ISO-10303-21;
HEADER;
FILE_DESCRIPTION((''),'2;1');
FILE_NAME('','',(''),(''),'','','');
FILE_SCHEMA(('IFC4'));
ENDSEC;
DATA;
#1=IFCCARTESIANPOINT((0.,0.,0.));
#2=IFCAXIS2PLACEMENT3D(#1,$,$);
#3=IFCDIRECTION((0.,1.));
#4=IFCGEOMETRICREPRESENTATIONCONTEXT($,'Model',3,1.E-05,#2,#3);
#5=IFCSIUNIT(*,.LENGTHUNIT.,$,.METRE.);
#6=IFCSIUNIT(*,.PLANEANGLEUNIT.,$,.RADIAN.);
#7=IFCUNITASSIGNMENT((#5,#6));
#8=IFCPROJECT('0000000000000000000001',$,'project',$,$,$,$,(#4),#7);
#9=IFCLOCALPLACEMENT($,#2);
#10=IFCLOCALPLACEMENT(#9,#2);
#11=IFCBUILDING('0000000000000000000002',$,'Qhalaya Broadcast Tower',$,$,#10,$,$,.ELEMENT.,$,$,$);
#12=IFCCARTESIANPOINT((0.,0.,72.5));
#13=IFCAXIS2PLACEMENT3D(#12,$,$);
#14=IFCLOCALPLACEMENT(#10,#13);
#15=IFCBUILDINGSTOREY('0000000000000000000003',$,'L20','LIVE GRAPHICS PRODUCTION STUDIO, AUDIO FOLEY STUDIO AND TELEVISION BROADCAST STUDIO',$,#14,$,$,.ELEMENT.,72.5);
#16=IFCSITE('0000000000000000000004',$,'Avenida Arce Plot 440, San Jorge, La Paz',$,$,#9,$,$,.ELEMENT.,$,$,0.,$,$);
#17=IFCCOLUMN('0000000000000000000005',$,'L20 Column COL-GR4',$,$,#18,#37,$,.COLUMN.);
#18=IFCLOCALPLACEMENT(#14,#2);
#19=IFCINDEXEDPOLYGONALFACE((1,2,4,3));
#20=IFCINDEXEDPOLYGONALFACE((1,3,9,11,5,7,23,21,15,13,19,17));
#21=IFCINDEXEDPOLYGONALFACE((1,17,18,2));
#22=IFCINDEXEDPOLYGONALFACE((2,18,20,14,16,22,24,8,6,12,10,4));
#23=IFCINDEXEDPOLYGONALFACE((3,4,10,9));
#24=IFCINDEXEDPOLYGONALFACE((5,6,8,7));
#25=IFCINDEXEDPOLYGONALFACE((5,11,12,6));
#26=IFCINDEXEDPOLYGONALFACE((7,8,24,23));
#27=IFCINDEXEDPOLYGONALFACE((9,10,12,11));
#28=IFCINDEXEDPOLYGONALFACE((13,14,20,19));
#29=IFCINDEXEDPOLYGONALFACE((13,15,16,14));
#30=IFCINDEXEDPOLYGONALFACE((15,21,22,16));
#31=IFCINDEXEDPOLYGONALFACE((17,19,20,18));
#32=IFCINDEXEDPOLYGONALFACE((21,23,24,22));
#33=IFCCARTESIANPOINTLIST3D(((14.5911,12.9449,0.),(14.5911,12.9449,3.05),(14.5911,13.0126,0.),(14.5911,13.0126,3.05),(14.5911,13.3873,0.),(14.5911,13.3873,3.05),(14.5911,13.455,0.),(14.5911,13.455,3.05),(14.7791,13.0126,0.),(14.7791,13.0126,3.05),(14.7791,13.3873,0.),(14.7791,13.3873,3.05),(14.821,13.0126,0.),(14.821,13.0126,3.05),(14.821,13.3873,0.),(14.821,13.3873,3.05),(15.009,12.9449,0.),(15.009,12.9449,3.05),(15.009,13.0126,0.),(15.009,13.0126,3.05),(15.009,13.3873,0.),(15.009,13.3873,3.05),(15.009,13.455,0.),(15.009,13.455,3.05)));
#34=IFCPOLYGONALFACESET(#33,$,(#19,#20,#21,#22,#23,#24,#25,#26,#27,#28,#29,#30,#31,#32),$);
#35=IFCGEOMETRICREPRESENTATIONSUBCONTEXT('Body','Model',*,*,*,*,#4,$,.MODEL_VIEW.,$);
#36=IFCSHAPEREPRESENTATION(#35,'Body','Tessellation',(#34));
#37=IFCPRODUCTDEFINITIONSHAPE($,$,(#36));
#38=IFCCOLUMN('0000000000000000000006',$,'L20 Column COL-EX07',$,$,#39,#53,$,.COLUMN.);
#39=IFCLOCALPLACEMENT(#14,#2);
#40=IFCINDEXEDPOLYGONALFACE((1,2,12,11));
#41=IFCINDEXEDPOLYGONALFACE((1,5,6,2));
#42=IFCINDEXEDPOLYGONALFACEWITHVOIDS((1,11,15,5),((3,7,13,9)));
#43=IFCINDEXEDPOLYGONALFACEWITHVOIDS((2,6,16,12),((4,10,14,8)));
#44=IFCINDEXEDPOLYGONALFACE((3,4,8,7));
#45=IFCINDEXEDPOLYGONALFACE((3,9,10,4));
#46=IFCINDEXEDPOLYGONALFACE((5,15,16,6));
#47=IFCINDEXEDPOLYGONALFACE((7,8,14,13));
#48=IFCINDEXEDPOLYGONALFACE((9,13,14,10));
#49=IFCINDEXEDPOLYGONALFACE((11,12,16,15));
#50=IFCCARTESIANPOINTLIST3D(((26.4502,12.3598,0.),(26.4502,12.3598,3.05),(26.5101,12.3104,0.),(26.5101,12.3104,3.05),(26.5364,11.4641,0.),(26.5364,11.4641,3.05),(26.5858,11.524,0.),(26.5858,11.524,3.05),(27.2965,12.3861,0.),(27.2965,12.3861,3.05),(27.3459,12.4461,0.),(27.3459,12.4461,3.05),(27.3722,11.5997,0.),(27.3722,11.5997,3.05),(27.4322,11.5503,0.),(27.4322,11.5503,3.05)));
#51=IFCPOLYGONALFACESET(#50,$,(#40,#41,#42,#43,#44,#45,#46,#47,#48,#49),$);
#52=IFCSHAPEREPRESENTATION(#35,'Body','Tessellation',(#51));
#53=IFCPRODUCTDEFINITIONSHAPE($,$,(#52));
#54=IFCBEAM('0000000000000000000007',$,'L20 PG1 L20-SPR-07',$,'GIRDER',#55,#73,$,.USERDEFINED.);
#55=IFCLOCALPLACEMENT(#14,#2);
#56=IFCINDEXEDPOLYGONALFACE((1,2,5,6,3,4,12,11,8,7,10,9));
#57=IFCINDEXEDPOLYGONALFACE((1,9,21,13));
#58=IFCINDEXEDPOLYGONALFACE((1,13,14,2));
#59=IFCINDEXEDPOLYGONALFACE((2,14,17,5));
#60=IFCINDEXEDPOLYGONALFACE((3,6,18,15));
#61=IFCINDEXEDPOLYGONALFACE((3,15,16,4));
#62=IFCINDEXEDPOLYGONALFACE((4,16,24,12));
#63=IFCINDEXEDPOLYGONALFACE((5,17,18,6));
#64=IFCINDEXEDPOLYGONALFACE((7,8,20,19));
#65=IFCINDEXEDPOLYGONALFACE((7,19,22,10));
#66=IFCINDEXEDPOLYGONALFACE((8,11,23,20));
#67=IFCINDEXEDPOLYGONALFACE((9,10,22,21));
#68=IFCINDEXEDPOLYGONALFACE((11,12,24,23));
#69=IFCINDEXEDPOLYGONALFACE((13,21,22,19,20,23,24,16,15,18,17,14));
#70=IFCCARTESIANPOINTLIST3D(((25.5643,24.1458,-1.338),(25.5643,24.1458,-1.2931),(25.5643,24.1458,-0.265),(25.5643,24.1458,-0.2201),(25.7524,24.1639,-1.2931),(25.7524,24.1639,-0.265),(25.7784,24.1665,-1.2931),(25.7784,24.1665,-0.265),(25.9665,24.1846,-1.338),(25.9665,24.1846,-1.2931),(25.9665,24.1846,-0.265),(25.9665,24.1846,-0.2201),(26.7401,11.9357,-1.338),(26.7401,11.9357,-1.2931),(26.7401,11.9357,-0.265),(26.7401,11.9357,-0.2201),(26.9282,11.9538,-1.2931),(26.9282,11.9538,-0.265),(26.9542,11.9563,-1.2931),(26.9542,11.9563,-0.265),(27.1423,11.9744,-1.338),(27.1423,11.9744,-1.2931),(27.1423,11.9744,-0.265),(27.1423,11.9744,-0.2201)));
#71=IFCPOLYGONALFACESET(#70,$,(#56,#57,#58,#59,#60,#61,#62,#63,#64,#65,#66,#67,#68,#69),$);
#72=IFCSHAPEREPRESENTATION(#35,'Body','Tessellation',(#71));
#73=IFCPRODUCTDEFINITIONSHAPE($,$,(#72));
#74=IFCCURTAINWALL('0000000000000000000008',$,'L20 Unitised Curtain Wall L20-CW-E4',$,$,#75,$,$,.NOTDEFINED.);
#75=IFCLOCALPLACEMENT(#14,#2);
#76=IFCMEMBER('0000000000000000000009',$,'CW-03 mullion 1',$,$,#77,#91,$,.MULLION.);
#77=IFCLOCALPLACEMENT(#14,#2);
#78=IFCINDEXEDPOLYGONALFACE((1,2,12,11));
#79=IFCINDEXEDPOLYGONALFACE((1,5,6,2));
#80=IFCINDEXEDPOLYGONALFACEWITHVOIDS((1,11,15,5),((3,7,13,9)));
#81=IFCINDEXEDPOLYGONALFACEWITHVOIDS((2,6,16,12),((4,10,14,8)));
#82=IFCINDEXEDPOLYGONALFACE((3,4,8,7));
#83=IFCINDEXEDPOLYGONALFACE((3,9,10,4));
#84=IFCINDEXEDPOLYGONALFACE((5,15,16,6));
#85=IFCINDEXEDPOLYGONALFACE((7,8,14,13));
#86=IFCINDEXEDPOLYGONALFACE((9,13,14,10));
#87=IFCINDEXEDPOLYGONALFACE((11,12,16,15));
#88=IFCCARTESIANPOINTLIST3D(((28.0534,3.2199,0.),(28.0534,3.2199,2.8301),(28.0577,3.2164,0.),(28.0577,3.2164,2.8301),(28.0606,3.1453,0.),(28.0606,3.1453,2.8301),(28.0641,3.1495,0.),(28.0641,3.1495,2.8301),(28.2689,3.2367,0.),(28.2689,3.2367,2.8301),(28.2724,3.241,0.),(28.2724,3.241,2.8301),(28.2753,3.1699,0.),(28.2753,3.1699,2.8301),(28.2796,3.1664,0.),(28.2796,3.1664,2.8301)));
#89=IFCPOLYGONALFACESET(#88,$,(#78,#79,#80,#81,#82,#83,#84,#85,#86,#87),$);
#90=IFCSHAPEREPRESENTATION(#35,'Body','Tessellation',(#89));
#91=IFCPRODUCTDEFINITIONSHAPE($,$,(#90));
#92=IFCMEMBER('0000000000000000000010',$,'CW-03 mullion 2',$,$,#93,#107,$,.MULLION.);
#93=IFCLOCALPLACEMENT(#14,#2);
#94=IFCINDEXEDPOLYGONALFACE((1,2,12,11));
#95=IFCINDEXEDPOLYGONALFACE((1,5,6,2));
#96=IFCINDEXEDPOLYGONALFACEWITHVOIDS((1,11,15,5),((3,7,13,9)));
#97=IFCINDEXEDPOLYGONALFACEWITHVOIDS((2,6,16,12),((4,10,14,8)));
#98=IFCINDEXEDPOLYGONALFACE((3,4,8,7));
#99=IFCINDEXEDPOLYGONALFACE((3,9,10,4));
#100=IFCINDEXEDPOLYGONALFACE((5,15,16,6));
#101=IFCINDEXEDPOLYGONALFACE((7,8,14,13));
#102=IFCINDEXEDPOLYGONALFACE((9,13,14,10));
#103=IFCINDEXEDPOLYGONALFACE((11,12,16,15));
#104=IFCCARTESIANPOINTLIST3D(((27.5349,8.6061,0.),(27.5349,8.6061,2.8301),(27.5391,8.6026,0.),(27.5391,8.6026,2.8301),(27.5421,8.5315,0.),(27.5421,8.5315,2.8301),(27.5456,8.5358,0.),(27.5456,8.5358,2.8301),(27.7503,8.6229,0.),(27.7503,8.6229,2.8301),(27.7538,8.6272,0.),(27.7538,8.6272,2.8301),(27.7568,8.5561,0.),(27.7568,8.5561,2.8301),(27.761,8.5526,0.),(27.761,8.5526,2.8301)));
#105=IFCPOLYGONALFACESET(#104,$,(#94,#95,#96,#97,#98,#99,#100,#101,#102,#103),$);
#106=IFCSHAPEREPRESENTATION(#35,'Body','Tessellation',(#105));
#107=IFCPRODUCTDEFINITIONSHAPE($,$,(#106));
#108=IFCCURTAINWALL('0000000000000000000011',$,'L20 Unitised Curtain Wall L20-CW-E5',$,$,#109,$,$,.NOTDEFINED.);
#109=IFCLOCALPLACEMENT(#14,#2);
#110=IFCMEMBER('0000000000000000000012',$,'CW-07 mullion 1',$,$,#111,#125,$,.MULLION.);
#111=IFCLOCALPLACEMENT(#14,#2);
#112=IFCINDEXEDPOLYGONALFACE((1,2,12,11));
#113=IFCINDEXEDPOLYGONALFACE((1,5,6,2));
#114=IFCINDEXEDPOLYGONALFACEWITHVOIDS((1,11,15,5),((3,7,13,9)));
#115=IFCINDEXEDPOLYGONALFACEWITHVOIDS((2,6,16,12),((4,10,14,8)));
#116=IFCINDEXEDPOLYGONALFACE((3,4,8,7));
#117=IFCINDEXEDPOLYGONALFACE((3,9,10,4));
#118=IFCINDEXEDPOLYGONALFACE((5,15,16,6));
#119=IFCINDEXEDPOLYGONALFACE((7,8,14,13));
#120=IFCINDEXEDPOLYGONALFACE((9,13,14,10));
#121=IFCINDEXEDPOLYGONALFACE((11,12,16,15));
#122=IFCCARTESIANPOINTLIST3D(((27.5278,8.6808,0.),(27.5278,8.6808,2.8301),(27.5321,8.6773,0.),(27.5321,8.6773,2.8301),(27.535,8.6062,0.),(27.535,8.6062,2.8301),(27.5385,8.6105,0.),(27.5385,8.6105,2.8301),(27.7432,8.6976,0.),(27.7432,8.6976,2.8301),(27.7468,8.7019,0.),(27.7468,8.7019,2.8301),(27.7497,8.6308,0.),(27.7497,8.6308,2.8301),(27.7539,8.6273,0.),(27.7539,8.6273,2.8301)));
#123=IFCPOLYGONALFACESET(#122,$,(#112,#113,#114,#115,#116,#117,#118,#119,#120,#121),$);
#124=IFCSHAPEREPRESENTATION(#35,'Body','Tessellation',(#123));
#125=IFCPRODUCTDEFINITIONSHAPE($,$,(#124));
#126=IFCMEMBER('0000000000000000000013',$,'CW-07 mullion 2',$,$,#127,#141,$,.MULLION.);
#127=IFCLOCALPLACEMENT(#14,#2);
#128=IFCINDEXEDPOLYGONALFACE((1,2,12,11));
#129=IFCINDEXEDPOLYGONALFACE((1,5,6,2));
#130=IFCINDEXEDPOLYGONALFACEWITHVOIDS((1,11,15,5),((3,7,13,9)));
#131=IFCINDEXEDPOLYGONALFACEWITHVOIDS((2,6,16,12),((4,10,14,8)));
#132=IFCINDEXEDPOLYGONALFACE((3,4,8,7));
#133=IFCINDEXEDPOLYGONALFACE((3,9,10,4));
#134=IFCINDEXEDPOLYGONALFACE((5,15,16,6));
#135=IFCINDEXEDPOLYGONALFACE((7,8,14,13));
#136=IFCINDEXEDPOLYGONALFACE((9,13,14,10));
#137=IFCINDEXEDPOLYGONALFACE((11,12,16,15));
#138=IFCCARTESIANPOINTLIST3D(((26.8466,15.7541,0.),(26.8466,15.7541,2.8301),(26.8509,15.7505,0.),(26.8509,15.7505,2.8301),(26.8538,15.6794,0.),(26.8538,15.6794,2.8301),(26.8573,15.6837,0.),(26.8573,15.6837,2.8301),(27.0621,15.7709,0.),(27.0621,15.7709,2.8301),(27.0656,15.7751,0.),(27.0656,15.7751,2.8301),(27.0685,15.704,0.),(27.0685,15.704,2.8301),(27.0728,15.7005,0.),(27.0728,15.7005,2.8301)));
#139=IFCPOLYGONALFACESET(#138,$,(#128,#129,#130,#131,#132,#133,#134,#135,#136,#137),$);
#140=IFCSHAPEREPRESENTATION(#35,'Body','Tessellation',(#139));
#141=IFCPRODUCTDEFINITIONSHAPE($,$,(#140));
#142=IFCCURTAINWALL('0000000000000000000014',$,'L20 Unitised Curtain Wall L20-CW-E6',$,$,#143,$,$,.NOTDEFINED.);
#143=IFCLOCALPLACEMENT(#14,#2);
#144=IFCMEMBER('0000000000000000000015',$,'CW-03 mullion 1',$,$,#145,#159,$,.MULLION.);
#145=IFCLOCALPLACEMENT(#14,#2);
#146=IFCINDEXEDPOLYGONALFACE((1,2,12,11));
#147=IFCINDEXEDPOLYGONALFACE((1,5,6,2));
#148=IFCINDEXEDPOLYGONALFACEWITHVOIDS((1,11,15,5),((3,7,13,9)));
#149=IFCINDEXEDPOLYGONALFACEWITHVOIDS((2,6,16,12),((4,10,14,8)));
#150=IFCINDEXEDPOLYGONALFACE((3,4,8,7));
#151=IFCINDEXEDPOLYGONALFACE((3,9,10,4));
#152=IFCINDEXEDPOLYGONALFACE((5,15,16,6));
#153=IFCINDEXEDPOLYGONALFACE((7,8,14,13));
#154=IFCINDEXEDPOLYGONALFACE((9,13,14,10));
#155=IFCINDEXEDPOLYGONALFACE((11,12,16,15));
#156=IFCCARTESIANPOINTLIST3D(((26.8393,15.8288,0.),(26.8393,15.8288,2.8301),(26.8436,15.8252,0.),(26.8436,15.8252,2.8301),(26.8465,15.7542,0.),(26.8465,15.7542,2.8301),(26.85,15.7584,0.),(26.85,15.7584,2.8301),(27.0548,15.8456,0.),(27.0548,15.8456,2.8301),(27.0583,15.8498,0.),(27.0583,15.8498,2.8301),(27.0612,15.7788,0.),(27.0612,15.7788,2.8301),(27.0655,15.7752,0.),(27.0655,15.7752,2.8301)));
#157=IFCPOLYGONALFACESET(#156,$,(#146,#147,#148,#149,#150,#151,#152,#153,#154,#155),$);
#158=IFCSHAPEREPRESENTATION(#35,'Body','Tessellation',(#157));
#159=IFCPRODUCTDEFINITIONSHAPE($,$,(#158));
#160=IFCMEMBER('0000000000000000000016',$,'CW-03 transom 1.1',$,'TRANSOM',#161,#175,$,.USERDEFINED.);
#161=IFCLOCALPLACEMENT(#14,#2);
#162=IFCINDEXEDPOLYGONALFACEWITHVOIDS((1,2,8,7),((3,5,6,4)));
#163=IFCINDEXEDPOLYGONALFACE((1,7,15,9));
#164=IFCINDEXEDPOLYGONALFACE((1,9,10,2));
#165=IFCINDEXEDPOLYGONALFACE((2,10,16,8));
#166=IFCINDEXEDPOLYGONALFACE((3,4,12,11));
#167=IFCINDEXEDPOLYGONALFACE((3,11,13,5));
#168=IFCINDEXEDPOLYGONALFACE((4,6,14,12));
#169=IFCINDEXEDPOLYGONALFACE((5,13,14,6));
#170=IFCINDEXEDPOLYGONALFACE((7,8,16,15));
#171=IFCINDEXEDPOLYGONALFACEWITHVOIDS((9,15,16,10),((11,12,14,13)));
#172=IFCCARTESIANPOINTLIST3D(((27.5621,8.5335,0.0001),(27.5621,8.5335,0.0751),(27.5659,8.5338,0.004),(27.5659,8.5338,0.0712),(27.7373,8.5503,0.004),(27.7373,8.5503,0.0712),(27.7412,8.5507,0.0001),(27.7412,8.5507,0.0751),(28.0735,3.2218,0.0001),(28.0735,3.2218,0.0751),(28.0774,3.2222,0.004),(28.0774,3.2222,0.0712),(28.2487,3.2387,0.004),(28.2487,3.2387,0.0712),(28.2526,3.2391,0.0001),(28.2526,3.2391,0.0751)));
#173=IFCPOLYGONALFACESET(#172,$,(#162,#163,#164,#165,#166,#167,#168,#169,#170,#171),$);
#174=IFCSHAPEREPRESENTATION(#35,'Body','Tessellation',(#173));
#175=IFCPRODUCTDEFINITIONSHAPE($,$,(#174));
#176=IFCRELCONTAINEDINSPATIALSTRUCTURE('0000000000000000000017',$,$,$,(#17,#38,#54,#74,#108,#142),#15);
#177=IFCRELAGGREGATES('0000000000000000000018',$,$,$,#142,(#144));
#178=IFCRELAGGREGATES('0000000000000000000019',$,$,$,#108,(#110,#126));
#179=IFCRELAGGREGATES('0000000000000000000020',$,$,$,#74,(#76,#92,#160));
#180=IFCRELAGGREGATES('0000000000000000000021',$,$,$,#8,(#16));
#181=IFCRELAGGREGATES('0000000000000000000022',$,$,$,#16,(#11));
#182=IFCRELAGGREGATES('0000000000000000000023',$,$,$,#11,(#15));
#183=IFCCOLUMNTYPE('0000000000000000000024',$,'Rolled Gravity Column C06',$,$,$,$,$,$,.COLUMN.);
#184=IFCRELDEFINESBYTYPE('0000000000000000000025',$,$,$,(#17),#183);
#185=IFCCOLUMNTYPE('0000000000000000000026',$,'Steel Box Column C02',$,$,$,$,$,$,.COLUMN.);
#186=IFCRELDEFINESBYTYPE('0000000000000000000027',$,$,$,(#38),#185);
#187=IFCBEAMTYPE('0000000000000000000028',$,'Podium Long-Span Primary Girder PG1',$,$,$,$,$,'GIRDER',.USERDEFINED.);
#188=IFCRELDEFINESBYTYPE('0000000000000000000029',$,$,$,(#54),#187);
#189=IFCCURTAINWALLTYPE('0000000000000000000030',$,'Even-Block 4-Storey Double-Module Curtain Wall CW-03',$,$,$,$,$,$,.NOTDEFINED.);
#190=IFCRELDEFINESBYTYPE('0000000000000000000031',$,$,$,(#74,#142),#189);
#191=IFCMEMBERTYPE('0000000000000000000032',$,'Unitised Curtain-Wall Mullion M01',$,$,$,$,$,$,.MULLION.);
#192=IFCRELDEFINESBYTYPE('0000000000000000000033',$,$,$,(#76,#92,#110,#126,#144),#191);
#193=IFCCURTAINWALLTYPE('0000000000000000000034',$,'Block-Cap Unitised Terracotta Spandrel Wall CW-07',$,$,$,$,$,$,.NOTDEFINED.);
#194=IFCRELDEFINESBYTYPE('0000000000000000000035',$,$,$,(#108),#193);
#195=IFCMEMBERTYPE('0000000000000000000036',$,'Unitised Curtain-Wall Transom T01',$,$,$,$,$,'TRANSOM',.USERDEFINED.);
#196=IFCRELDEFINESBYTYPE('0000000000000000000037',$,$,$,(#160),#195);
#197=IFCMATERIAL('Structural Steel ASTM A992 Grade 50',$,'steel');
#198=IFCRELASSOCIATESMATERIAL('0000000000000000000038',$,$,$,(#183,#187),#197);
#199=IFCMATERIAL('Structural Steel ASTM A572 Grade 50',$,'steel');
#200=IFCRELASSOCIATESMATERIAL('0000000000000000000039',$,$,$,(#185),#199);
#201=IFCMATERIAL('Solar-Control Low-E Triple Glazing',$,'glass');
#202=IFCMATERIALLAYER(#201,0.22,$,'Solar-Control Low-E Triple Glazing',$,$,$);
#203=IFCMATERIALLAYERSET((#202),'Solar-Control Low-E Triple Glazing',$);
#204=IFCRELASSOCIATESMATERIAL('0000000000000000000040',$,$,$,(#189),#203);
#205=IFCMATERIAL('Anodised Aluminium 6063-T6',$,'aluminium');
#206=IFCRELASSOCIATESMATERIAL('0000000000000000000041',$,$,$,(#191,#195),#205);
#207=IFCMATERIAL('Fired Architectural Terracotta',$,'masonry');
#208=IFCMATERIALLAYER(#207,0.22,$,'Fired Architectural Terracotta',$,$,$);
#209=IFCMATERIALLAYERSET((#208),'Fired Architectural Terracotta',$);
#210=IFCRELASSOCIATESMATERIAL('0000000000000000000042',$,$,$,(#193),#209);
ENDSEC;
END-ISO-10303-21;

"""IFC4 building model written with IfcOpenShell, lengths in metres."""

from ifc_helpers import new_model, si_unit, direction, frame, origin, origin_2d, place, context, subcontext, project, spatial, hollow_rectangle, i_section, extrude, material, layer, layer_set, material_profile, profile_set, type_object, element, aggregate, save


model = new_model("IFC4")

# Units and contexts
model_context = context("Model", 3, precision=1e-05, world=origin(), true_north=direction((0.0, 1.0)))
body_context = subcontext(model_context, "Body", "Model", "MODEL_VIEW")
ifc_project = project(units=[si_unit("LENGTHUNIT", "METRE"), si_unit("PLANEANGLEUNIT", "RADIAN")], contexts=[model_context])

# Site, building, storey
site_placement = place(None, origin())
site = spatial("IfcSite", under=ifc_project, at=site_placement, Name="Avenida Arce Plot 440, San Jorge, La Paz", CompositionType="ELEMENT", RefElevation=0.0)
building_placement = place(site_placement, origin())
building = spatial("IfcBuilding", under=site, at=building_placement, Name="Qhalaya Broadcast Tower", CompositionType="ELEMENT")
storey_placement = place(building_placement, frame((0.0, 0.0, 72.5)))
storey = spatial("IfcBuildingStorey", under=building, at=storey_placement, Name="L20", Description="LIVE GRAPHICS PRODUCTION STUDIO, AUDIO FOLEY STUDIO AND TELEVISION BROADCAST STUDIO", CompositionType="ELEMENT", Elevation=72.5)

# Columns
ifc_material_1 = material(Name="Structural Steel ASTM A992 Grade 50", Category="steel")
ifc_material_profile_1 = material_profile(ifc_material_1, i_section(OverallWidth=0.418, OverallDepth=0.51, WebThickness=0.042, FlangeThickness=0.0676, at=origin_2d()), Name="W14X370")
ifc_profile_set_1 = profile_set([ifc_material_profile_1], Name="Structural Steel ASTM A992 Grade 50")
column_type_1 = type_object("IfcColumnType", Name="Rolled Gravity Column C06", PredefinedType="COLUMN", material=ifc_profile_set_1)
column_1_placement = place(storey_placement, frame((14.8, 13.2, 0.0), z_axis=(0.0, 0.0, 1.0), x_axis=(1.0, 0.0, 0.0)))
element("IfcColumn", 1, at=column_1_placement, inside=storey, type_object=column_type_1, Name="L20 Column COL-GR4", PredefinedType="COLUMN", context=body_context, shape_type="SweptSolid", body=[
    extrude(i_section(OverallWidth=0.418, OverallDepth=0.51, WebThickness=0.042, FlangeThickness=0.0676, at=origin_2d()), origin(), (0.0, 0.0, 1.0), 3.05),
])
ifc_material_2 = material(Name="Structural Steel ASTM A572 Grade 50", Category="steel")
ifc_material_profile_2 = material_profile(ifc_material_2, hollow_rectangle(XDim=0.8999, YDim=0.8999, WallThickness=0.0549, at=origin_2d()), Name="BOX 900x900x55")
ifc_profile_set_2 = profile_set([ifc_material_profile_2], Name="Structural Steel ASTM A572 Grade 50")
column_type_2 = type_object("IfcColumnType", Name="Steel Box Column C02", PredefinedType="COLUMN", material=ifc_profile_set_2)
column_2_placement = place(storey_placement, frame((26.9412, 11.9551, 0.0), z_axis=(0.0, 0.0, 1.0), x_axis=(-0.095846, 0.995396, 0.0)))
element("IfcColumn", 2, at=column_2_placement, inside=storey, type_object=column_type_2, Name="L20 Column COL-EX07", PredefinedType="COLUMN", context=body_context, shape_type="SweptSolid", body=[
    extrude(hollow_rectangle(XDim=0.8999, YDim=0.8999, WallThickness=0.0549, at=origin_2d()), origin(), (0.0, 0.0, 1.0), 3.05),
])

# Beam
ifc_material_profile_3 = material_profile(ifc_material_1, i_section(OverallWidth=0.4041, OverallDepth=1.1179, WebThickness=0.0261, FlangeThickness=0.0449, at=origin_2d()), Name="W44X335")
ifc_profile_set_3 = profile_set([ifc_material_profile_3], Name="Structural Steel ASTM A992 Grade 50")
beam_type = type_object("IfcBeamType", Name="Podium Long-Span Primary Girder PG1", ElementType="GIRDER", PredefinedType="USERDEFINED", material=ifc_profile_set_3)
beam_placement = place(storey_placement, frame((26.9412, 11.9551, -0.7791), z_axis=(-0.095852, 0.995396, 0.0), x_axis=(-0.995396, -0.095852, 0.0)))
element("IfcBeam", 3, at=beam_placement, inside=storey, type_object=beam_type, Name="L20 PG1 L20-SPR-07", ObjectType="GIRDER", PredefinedType="USERDEFINED", context=body_context, shape_type="SweptSolid", body=[
    extrude(i_section(OverallWidth=0.4041, OverallDepth=1.1179, WebThickness=0.0261, FlangeThickness=0.0449, at=origin_2d()), origin(), (0.0, 0.0, 1.0), 12.2666),
])

# Curtain walls, members
ifc_material_3 = material(Name="Solar-Control Low-E Triple Glazing", Category="glass")
ifc_layer_1 = layer(ifc_material_3, 0.22, Name="Solar-Control Low-E Triple Glazing")
ifc_layer_set_1 = layer_set([ifc_layer_1], Name="Solar-Control Low-E Triple Glazing")
curtain_wall_type_1 = type_object("IfcCurtainWallType", Name="Even-Block 4-Storey Double-Module Curtain Wall CW-03", PredefinedType="NOTDEFINED", material=ifc_layer_set_1)
curtain_wall_1_placement = place(storey_placement, origin())
curtain_wall_1 = element("IfcCurtainWall", 4, at=curtain_wall_1_placement, inside=storey, type_object=curtain_wall_type_1, Name="L20 Unitised Curtain Wall L20-CW-E4", PredefinedType="NOTDEFINED")
ifc_material_4 = material(Name="Anodised Aluminium 6063-T6", Category="aluminium")
ifc_material_profile_4 = material_profile(ifc_material_4, hollow_rectangle(XDim=0.075, YDim=0.22, WallThickness=0.0039, at=origin_2d()), Name="ALU-MUL 75x220x4")
ifc_profile_set_4 = profile_set([ifc_material_profile_4], Name="Anodised Aluminium 6063-T6")
member_type_1 = type_object("IfcMemberType", Name="Unitised Curtain-Wall Mullion M01", PredefinedType="MULLION", material=ifc_profile_set_4)
member_1_placement = place(storey_placement, frame((28.1665, 3.1931, 0.0), z_axis=(0.0, 0.0, 1.0), x_axis=(-0.095843, 0.995396, 0.0)))
member_1 = element("IfcMember", 5, at=member_1_placement, type_object=member_type_1, Name="CW-03 mullion 1", PredefinedType="MULLION", context=body_context, shape_type="SweptSolid", body=[
    extrude(hollow_rectangle(XDim=0.075, YDim=0.22, WallThickness=0.0039, at=origin_2d()), origin(), (0.0, 0.0, 1.0), 2.8301),
])
member_2_placement = place(storey_placement, frame((27.6479, 8.5793, 0.0), z_axis=(0.0, 0.0, 1.0), x_axis=(-0.095843, 0.995396, 0.0)))
member_2 = element("IfcMember", 6, at=member_2_placement, type_object=member_type_1, Name="CW-03 mullion 2", PredefinedType="MULLION", context=body_context, shape_type="SweptSolid", body=[
    extrude(hollow_rectangle(XDim=0.075, YDim=0.22, WallThickness=0.0039, at=origin_2d()), origin(), (0.0, 0.0, 1.0), 2.8301),
])
ifc_material_5 = material(Name="Fired Architectural Terracotta", Category="masonry")
ifc_layer_2 = layer(ifc_material_5, 0.22, Name="Fired Architectural Terracotta")
ifc_layer_set_2 = layer_set([ifc_layer_2], Name="Fired Architectural Terracotta")
curtain_wall_type_2 = type_object("IfcCurtainWallType", Name="Block-Cap Unitised Terracotta Spandrel Wall CW-07", PredefinedType="NOTDEFINED", material=ifc_layer_set_2)
curtain_wall_2_placement = place(storey_placement, origin())
curtain_wall_2 = element("IfcCurtainWall", 7, at=curtain_wall_2_placement, inside=storey, type_object=curtain_wall_type_2, Name="L20 Unitised Curtain Wall L20-CW-E5", PredefinedType="NOTDEFINED")
member_3_placement = place(storey_placement, frame((27.6409, 8.6541, 0.0), z_axis=(0.0, 0.0, 1.0), x_axis=(-0.095851, 0.995396, 0.0)))
member_3 = element("IfcMember", 8, at=member_3_placement, type_object=member_type_1, Name="CW-07 mullion 1", PredefinedType="MULLION", context=body_context, shape_type="SweptSolid", body=[
    extrude(hollow_rectangle(XDim=0.075, YDim=0.22, WallThickness=0.0039, at=origin_2d()), origin(), (0.0, 0.0, 1.0), 2.8301),
])
member_4_placement = place(storey_placement, frame((26.9597, 15.7273, 0.0), z_axis=(0.0, 0.0, 1.0), x_axis=(-0.095851, 0.995396, 0.0)))
member_4 = element("IfcMember", 9, at=member_4_placement, type_object=member_type_1, Name="CW-07 mullion 2", PredefinedType="MULLION", context=body_context, shape_type="SweptSolid", body=[
    extrude(hollow_rectangle(XDim=0.075, YDim=0.22, WallThickness=0.0039, at=origin_2d()), origin(), (0.0, 0.0, 1.0), 2.8301),
])

# Curtain wall, member
curtain_wall_3_placement = place(storey_placement, origin())
curtain_wall_3 = element("IfcCurtainWall", 10, at=curtain_wall_3_placement, inside=storey, type_object=curtain_wall_type_1, Name="L20 Unitised Curtain Wall L20-CW-E6", PredefinedType="NOTDEFINED")
member_5_placement = place(storey_placement, frame((26.9524, 15.802, 0.0), z_axis=(0.0, 0.0, 1.0), x_axis=(-0.095845, 0.995396, 0.0)))
member_5 = element("IfcMember", 11, at=member_5_placement, type_object=member_type_1, Name="CW-03 mullion 1", PredefinedType="MULLION", context=body_context, shape_type="SweptSolid", body=[
    extrude(hollow_rectangle(XDim=0.075, YDim=0.22, WallThickness=0.0039, at=origin_2d()), origin(), (0.0, 0.0, 1.0), 2.8301),
])

# Member
ifc_material_profile_5 = material_profile(ifc_material_4, hollow_rectangle(XDim=0.075, YDim=0.1799, WallThickness=0.0039, at=origin_2d()), Name="ALU-TRN 75x180x4")
ifc_profile_set_5 = profile_set([ifc_material_profile_5], Name="Anodised Aluminium 6063-T6")
member_type_2 = type_object("IfcMemberType", Name="Unitised Curtain-Wall Transom T01", ElementType="TRANSOM", PredefinedType="USERDEFINED", material=ifc_profile_set_5)
member_6_placement = place(storey_placement, frame((28.1631, 3.2305, 0.0376), z_axis=(-0.095852, 0.995396, 0.0), x_axis=(0.0, 0.0, 1.0)))
member_6 = element("IfcMember", 12, at=member_6_placement, type_object=member_type_2, Name="CW-03 transom 1.1", ObjectType="TRANSOM", PredefinedType="USERDEFINED", context=body_context, shape_type="SweptSolid", body=[
    extrude(hollow_rectangle(XDim=0.075, YDim=0.1799, WallThickness=0.0039, at=origin_2d()), origin(), (0.0, 0.0, 1.0), 5.3362),
])
aggregate(curtain_wall_3, [member_5])

aggregate(curtain_wall_2, [member_3, member_4])
aggregate(curtain_wall_1, [member_1, member_2, member_6])

save(model, "model.ifc")
